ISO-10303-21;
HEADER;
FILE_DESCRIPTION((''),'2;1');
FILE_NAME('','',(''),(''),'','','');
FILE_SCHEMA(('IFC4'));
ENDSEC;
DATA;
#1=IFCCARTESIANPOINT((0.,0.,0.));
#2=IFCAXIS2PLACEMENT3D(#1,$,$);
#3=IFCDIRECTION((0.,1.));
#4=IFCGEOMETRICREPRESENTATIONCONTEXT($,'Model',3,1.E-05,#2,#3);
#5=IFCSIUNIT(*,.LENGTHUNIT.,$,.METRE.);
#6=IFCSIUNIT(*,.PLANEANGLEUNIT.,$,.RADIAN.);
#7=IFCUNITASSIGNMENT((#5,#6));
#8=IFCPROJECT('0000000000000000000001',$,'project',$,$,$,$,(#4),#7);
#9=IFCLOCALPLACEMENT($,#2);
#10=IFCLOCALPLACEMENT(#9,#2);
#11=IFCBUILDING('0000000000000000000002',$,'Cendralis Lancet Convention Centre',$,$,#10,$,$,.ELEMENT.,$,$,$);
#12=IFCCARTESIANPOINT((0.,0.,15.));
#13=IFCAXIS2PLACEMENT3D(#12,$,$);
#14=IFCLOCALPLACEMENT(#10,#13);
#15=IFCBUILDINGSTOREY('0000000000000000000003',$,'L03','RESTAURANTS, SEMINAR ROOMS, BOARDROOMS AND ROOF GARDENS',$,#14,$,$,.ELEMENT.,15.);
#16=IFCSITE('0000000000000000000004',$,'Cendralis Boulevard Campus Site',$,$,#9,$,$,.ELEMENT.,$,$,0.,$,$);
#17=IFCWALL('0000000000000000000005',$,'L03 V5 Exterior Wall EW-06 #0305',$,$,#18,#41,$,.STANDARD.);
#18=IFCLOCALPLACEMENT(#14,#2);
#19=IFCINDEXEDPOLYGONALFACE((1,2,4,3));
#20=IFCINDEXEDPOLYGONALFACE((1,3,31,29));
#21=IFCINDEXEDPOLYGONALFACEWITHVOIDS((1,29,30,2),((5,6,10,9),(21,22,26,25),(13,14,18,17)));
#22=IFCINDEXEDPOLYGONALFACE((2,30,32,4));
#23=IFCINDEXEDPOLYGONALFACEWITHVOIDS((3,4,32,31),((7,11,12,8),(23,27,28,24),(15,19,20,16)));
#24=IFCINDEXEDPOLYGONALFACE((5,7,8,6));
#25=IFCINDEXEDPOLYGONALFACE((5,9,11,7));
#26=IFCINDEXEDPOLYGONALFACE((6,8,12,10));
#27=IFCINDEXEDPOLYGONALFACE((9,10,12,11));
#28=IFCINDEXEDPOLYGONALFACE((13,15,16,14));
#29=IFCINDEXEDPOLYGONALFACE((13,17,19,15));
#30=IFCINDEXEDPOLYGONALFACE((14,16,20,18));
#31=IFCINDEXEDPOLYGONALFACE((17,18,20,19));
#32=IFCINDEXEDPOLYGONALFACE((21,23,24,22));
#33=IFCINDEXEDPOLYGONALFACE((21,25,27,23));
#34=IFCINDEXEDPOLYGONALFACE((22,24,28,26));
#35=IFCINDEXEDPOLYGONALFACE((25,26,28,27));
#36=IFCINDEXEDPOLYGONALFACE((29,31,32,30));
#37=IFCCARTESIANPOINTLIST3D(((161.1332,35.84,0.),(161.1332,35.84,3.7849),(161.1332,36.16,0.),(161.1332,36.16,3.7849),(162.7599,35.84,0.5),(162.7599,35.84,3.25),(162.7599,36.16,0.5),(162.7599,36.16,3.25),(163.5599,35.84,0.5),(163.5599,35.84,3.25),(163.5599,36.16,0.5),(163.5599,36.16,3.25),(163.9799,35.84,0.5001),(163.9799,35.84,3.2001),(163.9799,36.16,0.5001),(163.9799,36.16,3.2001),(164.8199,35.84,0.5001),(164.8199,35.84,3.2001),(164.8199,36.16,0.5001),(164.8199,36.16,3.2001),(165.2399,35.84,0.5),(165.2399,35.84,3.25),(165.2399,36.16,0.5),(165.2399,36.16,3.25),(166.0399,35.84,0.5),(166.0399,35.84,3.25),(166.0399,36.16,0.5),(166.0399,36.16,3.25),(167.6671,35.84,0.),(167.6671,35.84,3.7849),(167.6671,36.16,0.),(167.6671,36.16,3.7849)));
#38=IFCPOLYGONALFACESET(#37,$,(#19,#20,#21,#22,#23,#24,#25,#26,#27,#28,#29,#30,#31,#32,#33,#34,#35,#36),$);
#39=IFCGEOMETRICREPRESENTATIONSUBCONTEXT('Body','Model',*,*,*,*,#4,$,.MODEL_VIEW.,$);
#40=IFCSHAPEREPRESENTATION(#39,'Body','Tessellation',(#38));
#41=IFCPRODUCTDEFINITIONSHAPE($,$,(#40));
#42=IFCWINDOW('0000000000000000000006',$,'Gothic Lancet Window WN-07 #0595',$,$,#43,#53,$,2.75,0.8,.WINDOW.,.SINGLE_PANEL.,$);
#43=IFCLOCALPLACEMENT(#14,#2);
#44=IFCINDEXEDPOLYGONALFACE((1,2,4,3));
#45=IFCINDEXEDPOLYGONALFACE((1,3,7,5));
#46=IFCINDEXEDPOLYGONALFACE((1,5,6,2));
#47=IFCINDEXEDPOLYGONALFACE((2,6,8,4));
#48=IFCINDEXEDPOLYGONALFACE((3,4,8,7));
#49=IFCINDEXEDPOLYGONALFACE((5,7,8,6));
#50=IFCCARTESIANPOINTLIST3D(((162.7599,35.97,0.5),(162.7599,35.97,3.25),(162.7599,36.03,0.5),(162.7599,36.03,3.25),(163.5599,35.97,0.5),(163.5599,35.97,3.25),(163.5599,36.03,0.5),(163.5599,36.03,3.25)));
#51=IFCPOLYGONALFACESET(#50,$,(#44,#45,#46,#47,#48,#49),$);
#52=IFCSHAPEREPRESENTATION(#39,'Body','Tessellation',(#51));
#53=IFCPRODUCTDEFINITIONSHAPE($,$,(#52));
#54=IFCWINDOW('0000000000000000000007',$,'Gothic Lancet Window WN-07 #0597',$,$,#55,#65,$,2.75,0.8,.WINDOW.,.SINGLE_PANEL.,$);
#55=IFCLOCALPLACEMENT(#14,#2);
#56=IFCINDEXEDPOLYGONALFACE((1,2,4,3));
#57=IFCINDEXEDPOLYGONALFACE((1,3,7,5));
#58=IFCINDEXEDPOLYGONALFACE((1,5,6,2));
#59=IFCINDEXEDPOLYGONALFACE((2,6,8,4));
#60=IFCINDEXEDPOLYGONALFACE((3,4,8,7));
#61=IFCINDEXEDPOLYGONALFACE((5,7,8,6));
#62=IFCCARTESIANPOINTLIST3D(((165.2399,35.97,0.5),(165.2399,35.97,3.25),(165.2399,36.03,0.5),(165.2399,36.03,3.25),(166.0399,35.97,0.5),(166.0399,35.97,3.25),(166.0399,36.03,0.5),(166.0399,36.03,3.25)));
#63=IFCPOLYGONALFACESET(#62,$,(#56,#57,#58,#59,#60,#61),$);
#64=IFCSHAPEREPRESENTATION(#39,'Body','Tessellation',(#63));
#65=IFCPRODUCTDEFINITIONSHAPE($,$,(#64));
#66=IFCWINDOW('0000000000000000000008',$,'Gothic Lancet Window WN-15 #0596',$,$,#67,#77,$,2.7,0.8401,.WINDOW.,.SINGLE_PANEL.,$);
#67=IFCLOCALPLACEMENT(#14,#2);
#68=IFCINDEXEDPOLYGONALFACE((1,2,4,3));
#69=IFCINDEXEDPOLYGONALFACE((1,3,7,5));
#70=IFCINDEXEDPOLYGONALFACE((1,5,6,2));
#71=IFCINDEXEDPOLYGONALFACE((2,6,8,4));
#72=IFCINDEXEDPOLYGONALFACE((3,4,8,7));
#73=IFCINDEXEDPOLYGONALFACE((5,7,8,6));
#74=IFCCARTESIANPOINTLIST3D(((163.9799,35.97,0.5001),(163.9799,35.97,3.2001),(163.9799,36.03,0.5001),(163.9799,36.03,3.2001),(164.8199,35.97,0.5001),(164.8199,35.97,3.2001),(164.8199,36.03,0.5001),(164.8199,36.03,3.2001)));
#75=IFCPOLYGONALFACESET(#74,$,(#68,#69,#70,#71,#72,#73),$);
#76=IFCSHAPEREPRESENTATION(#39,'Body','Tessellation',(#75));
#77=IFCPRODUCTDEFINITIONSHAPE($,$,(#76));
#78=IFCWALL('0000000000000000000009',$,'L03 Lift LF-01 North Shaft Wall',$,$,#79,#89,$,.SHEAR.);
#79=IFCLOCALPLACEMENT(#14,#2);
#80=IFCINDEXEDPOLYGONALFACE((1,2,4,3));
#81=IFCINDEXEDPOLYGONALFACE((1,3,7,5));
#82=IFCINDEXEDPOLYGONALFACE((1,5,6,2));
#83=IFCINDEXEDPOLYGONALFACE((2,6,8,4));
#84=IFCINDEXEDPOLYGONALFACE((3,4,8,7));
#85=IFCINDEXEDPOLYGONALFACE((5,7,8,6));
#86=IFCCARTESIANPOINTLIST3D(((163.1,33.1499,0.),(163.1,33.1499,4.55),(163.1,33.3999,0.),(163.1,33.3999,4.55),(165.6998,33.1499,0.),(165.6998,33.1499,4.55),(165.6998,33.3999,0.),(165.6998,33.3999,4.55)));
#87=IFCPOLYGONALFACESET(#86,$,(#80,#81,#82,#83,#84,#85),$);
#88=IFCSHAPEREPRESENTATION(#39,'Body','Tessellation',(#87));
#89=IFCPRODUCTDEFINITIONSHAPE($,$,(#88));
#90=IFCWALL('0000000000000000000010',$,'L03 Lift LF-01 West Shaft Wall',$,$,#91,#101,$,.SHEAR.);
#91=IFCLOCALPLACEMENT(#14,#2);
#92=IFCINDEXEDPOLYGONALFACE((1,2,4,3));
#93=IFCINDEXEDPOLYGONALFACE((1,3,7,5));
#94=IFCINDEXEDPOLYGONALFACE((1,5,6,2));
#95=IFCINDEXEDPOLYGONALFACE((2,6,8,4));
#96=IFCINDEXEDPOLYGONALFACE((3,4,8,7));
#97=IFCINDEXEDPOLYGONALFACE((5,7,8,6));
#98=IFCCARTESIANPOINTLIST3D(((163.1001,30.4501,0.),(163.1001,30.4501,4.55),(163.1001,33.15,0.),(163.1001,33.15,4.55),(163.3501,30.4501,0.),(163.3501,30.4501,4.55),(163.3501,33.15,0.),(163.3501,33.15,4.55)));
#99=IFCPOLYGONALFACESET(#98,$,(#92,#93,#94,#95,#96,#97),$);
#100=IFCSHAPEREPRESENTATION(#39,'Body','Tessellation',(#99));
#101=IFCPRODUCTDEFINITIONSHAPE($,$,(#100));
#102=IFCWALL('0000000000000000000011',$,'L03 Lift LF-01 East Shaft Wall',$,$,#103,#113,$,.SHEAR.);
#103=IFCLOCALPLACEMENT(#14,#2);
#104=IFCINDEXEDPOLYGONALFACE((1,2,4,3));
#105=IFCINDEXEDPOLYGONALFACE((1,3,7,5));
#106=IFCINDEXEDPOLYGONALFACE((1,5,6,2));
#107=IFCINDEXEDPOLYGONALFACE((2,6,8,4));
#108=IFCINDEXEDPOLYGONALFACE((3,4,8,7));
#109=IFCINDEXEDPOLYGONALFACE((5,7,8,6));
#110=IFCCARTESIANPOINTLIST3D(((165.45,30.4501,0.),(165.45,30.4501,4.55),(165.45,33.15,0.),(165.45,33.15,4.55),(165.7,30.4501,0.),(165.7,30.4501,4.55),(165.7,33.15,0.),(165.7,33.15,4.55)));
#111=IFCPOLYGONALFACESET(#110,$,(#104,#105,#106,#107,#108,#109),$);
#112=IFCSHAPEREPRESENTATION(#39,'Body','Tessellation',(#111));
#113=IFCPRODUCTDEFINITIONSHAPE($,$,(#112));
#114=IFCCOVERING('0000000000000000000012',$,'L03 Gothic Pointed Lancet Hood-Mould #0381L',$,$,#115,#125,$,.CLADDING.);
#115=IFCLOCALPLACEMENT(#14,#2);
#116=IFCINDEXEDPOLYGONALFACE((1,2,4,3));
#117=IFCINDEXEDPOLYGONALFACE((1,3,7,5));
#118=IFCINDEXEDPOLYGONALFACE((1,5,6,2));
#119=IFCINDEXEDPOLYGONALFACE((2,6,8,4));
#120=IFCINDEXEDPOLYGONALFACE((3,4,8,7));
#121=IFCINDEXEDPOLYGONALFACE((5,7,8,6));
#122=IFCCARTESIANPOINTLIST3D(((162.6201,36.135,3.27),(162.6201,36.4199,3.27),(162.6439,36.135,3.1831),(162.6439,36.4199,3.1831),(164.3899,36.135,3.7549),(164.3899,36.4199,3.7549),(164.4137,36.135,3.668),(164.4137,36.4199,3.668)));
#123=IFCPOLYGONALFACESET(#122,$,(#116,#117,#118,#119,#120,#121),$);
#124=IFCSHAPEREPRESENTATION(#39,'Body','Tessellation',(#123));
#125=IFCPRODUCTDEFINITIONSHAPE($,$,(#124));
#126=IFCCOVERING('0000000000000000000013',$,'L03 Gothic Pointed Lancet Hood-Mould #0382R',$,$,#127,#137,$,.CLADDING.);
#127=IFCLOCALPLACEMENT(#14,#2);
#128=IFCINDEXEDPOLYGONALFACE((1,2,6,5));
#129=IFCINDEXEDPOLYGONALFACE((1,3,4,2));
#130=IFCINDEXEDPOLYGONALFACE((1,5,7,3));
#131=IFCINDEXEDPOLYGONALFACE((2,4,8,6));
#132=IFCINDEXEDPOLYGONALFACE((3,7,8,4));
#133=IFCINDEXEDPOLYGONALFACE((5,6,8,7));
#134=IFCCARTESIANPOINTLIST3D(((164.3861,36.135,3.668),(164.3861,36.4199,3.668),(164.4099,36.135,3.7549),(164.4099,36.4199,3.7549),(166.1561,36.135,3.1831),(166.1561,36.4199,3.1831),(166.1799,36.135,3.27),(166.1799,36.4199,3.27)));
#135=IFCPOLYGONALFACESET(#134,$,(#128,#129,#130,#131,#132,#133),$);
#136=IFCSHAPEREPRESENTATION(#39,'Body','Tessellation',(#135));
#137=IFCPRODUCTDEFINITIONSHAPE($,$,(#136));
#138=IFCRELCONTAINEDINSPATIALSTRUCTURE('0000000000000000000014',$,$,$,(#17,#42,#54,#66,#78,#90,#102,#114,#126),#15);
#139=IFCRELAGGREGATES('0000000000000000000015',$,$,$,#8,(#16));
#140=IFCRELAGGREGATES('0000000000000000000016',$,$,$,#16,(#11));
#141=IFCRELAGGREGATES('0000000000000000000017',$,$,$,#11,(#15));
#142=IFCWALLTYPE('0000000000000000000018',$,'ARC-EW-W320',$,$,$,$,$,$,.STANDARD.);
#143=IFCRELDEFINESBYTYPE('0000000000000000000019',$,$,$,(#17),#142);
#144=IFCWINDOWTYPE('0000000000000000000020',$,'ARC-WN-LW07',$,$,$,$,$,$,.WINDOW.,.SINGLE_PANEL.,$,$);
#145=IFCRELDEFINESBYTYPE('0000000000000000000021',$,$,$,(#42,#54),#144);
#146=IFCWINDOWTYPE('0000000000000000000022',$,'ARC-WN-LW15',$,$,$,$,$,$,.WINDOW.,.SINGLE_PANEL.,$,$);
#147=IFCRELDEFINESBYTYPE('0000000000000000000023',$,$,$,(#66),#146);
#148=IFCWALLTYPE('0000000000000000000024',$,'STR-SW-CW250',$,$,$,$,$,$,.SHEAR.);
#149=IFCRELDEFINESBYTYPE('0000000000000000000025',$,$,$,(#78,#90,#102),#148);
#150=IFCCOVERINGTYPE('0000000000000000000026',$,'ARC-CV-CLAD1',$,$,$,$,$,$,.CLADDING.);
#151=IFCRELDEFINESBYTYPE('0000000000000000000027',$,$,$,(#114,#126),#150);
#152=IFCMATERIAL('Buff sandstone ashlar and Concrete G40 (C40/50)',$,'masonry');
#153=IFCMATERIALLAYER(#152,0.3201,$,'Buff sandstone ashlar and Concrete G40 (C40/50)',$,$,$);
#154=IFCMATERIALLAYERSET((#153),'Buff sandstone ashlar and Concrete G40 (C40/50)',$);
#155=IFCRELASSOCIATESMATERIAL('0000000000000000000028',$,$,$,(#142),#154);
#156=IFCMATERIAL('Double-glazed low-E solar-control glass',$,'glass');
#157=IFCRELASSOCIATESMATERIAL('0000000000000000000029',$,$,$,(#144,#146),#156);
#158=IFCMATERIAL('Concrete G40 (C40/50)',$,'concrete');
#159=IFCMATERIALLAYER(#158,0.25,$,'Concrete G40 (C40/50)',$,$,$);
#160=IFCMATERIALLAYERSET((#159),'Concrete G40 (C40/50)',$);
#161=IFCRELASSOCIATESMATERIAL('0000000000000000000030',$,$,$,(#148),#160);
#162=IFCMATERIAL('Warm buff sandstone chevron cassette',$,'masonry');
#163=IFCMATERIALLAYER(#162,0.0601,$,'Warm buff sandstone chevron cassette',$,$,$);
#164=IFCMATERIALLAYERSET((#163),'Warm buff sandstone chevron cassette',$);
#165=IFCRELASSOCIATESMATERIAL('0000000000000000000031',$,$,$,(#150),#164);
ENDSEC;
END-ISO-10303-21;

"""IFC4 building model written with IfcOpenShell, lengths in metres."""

from ifc_helpers import new_model, si_unit, direction, frame, frame_2d, origin, place, context, subcontext, project, spatial, polyline, rectangle, outline, extrude, material, layer, layer_set, type_object, element, fill, save


model = new_model("IFC4")

# Units and contexts
model_context = context("Model", 3, precision=1e-05, world=origin(), true_north=direction((0.0, 1.0)))
body_context = subcontext(model_context, "Body", "Model", "MODEL_VIEW")
ifc_project = project(units=[si_unit("LENGTHUNIT", "METRE"), si_unit("PLANEANGLEUNIT", "RADIAN")], contexts=[model_context])

# Site, building, storey
site_placement = place(None, origin())
site = spatial("IfcSite", under=ifc_project, at=site_placement, Name="Cendralis Boulevard Campus Site", CompositionType="ELEMENT", RefElevation=0.0)
building_placement = place(site_placement, origin())
building = spatial("IfcBuilding", under=site, at=building_placement, Name="Cendralis Lancet Convention Centre", CompositionType="ELEMENT")
storey_placement = place(building_placement, frame((0.0, 0.0, 15.0)))
storey = spatial("IfcBuildingStorey", under=building, at=storey_placement, Name="L03", Description="RESTAURANTS, SEMINAR ROOMS, BOARDROOMS AND ROOF GARDENS", CompositionType="ELEMENT", Elevation=15.0)

# Shared definitions
ifc_material_1 = material(Name="Concrete G40 (C40/50)", Category="concrete")

# Shared definitions
ifc_material_2 = material(Name="Double-glazed low-E solar-control glass", Category="glass")

# Wall, openings, windows
ifc_material_3 = material(Name="Buff sandstone ashlar and Concrete G40 (C40/50)", Category="masonry")
ifc_layer_1 = layer(ifc_material_3, 0.3201, Name="Buff sandstone ashlar and Concrete G40 (C40/50)")
ifc_layer_set_1 = layer_set([ifc_layer_1], Name="Buff sandstone ashlar and Concrete G40 (C40/50)")
wall_type_1 = type_object("IfcWallType", Name="ARC-EW-W320", PredefinedType="STANDARD", material=ifc_layer_set_1)
wall_1_placement = place(storey_placement, frame((161.1331, 36.0, 0.0), z_axis=(0.0, 0.0, 1.0), x_axis=(1.0, 0.0, 0.0)))
wall_1 = element("IfcWall", 1, at=wall_1_placement, inside=storey, type_object=wall_type_1, Name="L03 V5 Exterior Wall EW-06 #0305", PredefinedType="STANDARD", context=body_context, shape_type="SweptSolid", body=[
    extrude(rectangle(XDim=6.5339, YDim=0.3201, at=frame_2d((3.2671, 0.0))), origin(), (0.0, 0.0, 1.0), 3.7849),
])
opening_1_placement = place(wall_1_placement, frame((1.627, 0.0, 0.5)))
opening_1 = element("IfcOpeningElement", 2, at=opening_1_placement, cuts=wall_1, PredefinedType="OPENING", context=body_context, shape_type="SweptSolid", body=[
    extrude(rectangle(XDim=0.8, YDim=2.75, at=frame_2d((0.3999, 1.375))), frame((0.0, 0.1699, 0.0), z_axis=(0.0, -1.0, 0.0), x_axis=(1.0, 0.0, 0.0)), (0.0, 0.0, 1.0), 0.3401),
])
opening_2_placement = place(wall_1_placement, frame((2.8469, 0.0, 0.5)))
opening_2 = element("IfcOpeningElement", 3, at=opening_2_placement, cuts=wall_1, PredefinedType="OPENING", context=body_context, shape_type="SweptSolid", body=[
    extrude(rectangle(XDim=0.8401, YDim=2.7, at=frame_2d((0.4199, 1.3501))), frame((0.0, 0.1699, 0.0), z_axis=(0.0, -1.0, 0.0), x_axis=(1.0, 0.0, 0.0)), (0.0, 0.0, 1.0), 0.3401),
])
opening_3_placement = place(wall_1_placement, frame((4.1069, 0.0, 0.5)))
opening_3 = element("IfcOpeningElement", 4, at=opening_3_placement, cuts=wall_1, PredefinedType="OPENING", context=body_context, shape_type="SweptSolid", body=[
    extrude(rectangle(XDim=0.8, YDim=2.75, at=frame_2d((0.3999, 1.375))), frame((0.0, 0.1699, 0.0), z_axis=(0.0, -1.0, 0.0), x_axis=(1.0, 0.0, 0.0)), (0.0, 0.0, 1.0), 0.3401),
])
window_type_1 = type_object("IfcWindowType", Name="ARC-WN-LW07", PartitioningType="SINGLE_PANEL", PredefinedType="WINDOW", material=ifc_material_2)
window_1_placement = place(opening_1_placement, origin())
window_1 = element("IfcWindow", 5, at=window_1_placement, inside=storey, type_object=window_type_1, Name="Gothic Lancet Window WN-07 #0595", OverallHeight=2.75, OverallWidth=0.8, PartitioningType="SINGLE_PANEL", PredefinedType="WINDOW", context=body_context, shape_type="SweptSolid", body=[
    extrude(rectangle(XDim=0.8, YDim=2.75, at=frame_2d((0.3999, 1.375))), frame((0.0, 0.03, 0.0), z_axis=(0.0, -1.0, 0.0), x_axis=(1.0, 0.0, 0.0)), (0.0, 0.0, 1.0), 0.0601),
])
fill(opening_1, window_1)
window_2_placement = place(opening_3_placement, origin())
window_2 = element("IfcWindow", 6, at=window_2_placement, inside=storey, type_object=window_type_1, Name="Gothic Lancet Window WN-07 #0597", OverallHeight=2.75, OverallWidth=0.8, PartitioningType="SINGLE_PANEL", PredefinedType="WINDOW", context=body_context, shape_type="SweptSolid", body=[
    extrude(rectangle(XDim=0.8, YDim=2.75, at=frame_2d((0.3999, 1.375))), frame((0.0, 0.03, 0.0), z_axis=(0.0, -1.0, 0.0), x_axis=(1.0, 0.0, 0.0)), (0.0, 0.0, 1.0), 0.0601),
])
fill(opening_3, window_2)
window_type_2 = type_object("IfcWindowType", Name="ARC-WN-LW15", PartitioningType="SINGLE_PANEL", PredefinedType="WINDOW", material=ifc_material_2)
window_3_placement = place(opening_2_placement, origin())
window_3 = element("IfcWindow", 7, at=window_3_placement, inside=storey, type_object=window_type_2, Name="Gothic Lancet Window WN-15 #0596", OverallHeight=2.7, OverallWidth=0.8401, PartitioningType="SINGLE_PANEL", PredefinedType="WINDOW", context=body_context, shape_type="SweptSolid", body=[
    extrude(rectangle(XDim=0.8401, YDim=2.7, at=frame_2d((0.4199, 1.3501))), frame((0.0, 0.03, 0.0), z_axis=(0.0, -1.0, 0.0), x_axis=(1.0, 0.0, 0.0)), (0.0, 0.0, 1.0), 0.0601),
])
fill(opening_2, window_3)

# Shared definitions
ifc_layer_2 = layer(ifc_material_1, 0.25, Name="Concrete G40 (C40/50)")
ifc_layer_set_2 = layer_set([ifc_layer_2], Name="Concrete G40 (C40/50)")
wall_type_2 = type_object("IfcWallType", Name="STR-SW-CW250", PredefinedType="SHEAR", material=ifc_layer_set_2)

# Walls
wall_2_placement = place(storey_placement, frame((163.1001, 33.2749, 0.0), z_axis=(0.0, 0.0, 1.0), x_axis=(1.0, 0.0, 0.0)))
element("IfcWall", 8, at=wall_2_placement, inside=storey, type_object=wall_type_2, Name="L03 Lift LF-01 North Shaft Wall", PredefinedType="SHEAR", context=body_context, shape_type="SweptSolid", body=[
    extrude(rectangle(XDim=2.5999, YDim=0.25, at=frame_2d((1.2998, 0.0))), origin(), (0.0, 0.0, 1.0), 4.55),
])
for number, where, z_axis, x_axis, name in (
    (9, (163.2251, 30.45, 0.0), (0.0, 0.0, 1.0), (0.0, 1.0, 0.0), "L03 Lift LF-01 West Shaft Wall"),
    (10, (165.575, 30.45, 0.0), (0.0, 0.0, 1.0), (0.0, 1.0, 0.0), "L03 Lift LF-01 East Shaft Wall"),
):
    element("IfcWall", number, at=place(storey_placement, frame(where, z_axis=z_axis, x_axis=x_axis)), inside=storey, type_object=wall_type_2, Name=name, PredefinedType="SHEAR", context=body_context, shape_type="SweptSolid", body=[
        extrude(rectangle(XDim=2.7, YDim=0.25, at=frame_2d((1.3501, 0.0))), origin(), (0.0, 0.0, 1.0), 4.55),
    ])

# Coverings
ifc_material_4 = material(Name="Warm buff sandstone chevron cassette", Category="masonry")
ifc_layer_3 = layer(ifc_material_4, 0.0601, Name="Warm buff sandstone chevron cassette")
ifc_layer_set_3 = layer_set([ifc_layer_3], Name="Warm buff sandstone chevron cassette")
covering_type = type_object("IfcCoveringType", Name="ARC-CV-CLAD1", PredefinedType="CLADDING", material=ifc_layer_set_3)
covering_1_placement = place(storey_placement, frame((162.6201, 36.4199, 3.27), z_axis=(-0.264232, 0.0, 0.964459), x_axis=(0.0, -1.0, 0.0)))
element("IfcCovering", 11, at=covering_1_placement, inside=storey, type_object=covering_type, Name="L03 Gothic Pointed Lancet Hood-Mould #0381L", PredefinedType="CLADDING", context=body_context, shape_type="SweptSolid", body=[
    extrude(outline(polyline([(0.0, 0.0), (0.2849, 0.0), (0.2849, 1.835), (0.0, 1.835), (0.0, 0.0)])), origin(), (0.0, 0.0, -1.0), 0.0901),
])
covering_2_placement = place(storey_placement, frame((164.4099, 36.4199, 3.7549), z_axis=(0.264198, 0.0, 0.964469), x_axis=(0.0, -1.0, 0.0)))
element("IfcCovering", 12, at=covering_2_placement, inside=storey, type_object=covering_type, Name="L03 Gothic Pointed Lancet Hood-Mould #0382R", PredefinedType="CLADDING", context=body_context, shape_type="SweptSolid", body=[
    extrude(outline(polyline([(0.0, 0.0), (0.2849, 0.0), (0.2849, 1.8352), (0.0, 1.8352), (0.0, 0.0)])), origin(), (0.0, 0.0, -1.0), 0.0901),
])

save(model, "model.ifc")
